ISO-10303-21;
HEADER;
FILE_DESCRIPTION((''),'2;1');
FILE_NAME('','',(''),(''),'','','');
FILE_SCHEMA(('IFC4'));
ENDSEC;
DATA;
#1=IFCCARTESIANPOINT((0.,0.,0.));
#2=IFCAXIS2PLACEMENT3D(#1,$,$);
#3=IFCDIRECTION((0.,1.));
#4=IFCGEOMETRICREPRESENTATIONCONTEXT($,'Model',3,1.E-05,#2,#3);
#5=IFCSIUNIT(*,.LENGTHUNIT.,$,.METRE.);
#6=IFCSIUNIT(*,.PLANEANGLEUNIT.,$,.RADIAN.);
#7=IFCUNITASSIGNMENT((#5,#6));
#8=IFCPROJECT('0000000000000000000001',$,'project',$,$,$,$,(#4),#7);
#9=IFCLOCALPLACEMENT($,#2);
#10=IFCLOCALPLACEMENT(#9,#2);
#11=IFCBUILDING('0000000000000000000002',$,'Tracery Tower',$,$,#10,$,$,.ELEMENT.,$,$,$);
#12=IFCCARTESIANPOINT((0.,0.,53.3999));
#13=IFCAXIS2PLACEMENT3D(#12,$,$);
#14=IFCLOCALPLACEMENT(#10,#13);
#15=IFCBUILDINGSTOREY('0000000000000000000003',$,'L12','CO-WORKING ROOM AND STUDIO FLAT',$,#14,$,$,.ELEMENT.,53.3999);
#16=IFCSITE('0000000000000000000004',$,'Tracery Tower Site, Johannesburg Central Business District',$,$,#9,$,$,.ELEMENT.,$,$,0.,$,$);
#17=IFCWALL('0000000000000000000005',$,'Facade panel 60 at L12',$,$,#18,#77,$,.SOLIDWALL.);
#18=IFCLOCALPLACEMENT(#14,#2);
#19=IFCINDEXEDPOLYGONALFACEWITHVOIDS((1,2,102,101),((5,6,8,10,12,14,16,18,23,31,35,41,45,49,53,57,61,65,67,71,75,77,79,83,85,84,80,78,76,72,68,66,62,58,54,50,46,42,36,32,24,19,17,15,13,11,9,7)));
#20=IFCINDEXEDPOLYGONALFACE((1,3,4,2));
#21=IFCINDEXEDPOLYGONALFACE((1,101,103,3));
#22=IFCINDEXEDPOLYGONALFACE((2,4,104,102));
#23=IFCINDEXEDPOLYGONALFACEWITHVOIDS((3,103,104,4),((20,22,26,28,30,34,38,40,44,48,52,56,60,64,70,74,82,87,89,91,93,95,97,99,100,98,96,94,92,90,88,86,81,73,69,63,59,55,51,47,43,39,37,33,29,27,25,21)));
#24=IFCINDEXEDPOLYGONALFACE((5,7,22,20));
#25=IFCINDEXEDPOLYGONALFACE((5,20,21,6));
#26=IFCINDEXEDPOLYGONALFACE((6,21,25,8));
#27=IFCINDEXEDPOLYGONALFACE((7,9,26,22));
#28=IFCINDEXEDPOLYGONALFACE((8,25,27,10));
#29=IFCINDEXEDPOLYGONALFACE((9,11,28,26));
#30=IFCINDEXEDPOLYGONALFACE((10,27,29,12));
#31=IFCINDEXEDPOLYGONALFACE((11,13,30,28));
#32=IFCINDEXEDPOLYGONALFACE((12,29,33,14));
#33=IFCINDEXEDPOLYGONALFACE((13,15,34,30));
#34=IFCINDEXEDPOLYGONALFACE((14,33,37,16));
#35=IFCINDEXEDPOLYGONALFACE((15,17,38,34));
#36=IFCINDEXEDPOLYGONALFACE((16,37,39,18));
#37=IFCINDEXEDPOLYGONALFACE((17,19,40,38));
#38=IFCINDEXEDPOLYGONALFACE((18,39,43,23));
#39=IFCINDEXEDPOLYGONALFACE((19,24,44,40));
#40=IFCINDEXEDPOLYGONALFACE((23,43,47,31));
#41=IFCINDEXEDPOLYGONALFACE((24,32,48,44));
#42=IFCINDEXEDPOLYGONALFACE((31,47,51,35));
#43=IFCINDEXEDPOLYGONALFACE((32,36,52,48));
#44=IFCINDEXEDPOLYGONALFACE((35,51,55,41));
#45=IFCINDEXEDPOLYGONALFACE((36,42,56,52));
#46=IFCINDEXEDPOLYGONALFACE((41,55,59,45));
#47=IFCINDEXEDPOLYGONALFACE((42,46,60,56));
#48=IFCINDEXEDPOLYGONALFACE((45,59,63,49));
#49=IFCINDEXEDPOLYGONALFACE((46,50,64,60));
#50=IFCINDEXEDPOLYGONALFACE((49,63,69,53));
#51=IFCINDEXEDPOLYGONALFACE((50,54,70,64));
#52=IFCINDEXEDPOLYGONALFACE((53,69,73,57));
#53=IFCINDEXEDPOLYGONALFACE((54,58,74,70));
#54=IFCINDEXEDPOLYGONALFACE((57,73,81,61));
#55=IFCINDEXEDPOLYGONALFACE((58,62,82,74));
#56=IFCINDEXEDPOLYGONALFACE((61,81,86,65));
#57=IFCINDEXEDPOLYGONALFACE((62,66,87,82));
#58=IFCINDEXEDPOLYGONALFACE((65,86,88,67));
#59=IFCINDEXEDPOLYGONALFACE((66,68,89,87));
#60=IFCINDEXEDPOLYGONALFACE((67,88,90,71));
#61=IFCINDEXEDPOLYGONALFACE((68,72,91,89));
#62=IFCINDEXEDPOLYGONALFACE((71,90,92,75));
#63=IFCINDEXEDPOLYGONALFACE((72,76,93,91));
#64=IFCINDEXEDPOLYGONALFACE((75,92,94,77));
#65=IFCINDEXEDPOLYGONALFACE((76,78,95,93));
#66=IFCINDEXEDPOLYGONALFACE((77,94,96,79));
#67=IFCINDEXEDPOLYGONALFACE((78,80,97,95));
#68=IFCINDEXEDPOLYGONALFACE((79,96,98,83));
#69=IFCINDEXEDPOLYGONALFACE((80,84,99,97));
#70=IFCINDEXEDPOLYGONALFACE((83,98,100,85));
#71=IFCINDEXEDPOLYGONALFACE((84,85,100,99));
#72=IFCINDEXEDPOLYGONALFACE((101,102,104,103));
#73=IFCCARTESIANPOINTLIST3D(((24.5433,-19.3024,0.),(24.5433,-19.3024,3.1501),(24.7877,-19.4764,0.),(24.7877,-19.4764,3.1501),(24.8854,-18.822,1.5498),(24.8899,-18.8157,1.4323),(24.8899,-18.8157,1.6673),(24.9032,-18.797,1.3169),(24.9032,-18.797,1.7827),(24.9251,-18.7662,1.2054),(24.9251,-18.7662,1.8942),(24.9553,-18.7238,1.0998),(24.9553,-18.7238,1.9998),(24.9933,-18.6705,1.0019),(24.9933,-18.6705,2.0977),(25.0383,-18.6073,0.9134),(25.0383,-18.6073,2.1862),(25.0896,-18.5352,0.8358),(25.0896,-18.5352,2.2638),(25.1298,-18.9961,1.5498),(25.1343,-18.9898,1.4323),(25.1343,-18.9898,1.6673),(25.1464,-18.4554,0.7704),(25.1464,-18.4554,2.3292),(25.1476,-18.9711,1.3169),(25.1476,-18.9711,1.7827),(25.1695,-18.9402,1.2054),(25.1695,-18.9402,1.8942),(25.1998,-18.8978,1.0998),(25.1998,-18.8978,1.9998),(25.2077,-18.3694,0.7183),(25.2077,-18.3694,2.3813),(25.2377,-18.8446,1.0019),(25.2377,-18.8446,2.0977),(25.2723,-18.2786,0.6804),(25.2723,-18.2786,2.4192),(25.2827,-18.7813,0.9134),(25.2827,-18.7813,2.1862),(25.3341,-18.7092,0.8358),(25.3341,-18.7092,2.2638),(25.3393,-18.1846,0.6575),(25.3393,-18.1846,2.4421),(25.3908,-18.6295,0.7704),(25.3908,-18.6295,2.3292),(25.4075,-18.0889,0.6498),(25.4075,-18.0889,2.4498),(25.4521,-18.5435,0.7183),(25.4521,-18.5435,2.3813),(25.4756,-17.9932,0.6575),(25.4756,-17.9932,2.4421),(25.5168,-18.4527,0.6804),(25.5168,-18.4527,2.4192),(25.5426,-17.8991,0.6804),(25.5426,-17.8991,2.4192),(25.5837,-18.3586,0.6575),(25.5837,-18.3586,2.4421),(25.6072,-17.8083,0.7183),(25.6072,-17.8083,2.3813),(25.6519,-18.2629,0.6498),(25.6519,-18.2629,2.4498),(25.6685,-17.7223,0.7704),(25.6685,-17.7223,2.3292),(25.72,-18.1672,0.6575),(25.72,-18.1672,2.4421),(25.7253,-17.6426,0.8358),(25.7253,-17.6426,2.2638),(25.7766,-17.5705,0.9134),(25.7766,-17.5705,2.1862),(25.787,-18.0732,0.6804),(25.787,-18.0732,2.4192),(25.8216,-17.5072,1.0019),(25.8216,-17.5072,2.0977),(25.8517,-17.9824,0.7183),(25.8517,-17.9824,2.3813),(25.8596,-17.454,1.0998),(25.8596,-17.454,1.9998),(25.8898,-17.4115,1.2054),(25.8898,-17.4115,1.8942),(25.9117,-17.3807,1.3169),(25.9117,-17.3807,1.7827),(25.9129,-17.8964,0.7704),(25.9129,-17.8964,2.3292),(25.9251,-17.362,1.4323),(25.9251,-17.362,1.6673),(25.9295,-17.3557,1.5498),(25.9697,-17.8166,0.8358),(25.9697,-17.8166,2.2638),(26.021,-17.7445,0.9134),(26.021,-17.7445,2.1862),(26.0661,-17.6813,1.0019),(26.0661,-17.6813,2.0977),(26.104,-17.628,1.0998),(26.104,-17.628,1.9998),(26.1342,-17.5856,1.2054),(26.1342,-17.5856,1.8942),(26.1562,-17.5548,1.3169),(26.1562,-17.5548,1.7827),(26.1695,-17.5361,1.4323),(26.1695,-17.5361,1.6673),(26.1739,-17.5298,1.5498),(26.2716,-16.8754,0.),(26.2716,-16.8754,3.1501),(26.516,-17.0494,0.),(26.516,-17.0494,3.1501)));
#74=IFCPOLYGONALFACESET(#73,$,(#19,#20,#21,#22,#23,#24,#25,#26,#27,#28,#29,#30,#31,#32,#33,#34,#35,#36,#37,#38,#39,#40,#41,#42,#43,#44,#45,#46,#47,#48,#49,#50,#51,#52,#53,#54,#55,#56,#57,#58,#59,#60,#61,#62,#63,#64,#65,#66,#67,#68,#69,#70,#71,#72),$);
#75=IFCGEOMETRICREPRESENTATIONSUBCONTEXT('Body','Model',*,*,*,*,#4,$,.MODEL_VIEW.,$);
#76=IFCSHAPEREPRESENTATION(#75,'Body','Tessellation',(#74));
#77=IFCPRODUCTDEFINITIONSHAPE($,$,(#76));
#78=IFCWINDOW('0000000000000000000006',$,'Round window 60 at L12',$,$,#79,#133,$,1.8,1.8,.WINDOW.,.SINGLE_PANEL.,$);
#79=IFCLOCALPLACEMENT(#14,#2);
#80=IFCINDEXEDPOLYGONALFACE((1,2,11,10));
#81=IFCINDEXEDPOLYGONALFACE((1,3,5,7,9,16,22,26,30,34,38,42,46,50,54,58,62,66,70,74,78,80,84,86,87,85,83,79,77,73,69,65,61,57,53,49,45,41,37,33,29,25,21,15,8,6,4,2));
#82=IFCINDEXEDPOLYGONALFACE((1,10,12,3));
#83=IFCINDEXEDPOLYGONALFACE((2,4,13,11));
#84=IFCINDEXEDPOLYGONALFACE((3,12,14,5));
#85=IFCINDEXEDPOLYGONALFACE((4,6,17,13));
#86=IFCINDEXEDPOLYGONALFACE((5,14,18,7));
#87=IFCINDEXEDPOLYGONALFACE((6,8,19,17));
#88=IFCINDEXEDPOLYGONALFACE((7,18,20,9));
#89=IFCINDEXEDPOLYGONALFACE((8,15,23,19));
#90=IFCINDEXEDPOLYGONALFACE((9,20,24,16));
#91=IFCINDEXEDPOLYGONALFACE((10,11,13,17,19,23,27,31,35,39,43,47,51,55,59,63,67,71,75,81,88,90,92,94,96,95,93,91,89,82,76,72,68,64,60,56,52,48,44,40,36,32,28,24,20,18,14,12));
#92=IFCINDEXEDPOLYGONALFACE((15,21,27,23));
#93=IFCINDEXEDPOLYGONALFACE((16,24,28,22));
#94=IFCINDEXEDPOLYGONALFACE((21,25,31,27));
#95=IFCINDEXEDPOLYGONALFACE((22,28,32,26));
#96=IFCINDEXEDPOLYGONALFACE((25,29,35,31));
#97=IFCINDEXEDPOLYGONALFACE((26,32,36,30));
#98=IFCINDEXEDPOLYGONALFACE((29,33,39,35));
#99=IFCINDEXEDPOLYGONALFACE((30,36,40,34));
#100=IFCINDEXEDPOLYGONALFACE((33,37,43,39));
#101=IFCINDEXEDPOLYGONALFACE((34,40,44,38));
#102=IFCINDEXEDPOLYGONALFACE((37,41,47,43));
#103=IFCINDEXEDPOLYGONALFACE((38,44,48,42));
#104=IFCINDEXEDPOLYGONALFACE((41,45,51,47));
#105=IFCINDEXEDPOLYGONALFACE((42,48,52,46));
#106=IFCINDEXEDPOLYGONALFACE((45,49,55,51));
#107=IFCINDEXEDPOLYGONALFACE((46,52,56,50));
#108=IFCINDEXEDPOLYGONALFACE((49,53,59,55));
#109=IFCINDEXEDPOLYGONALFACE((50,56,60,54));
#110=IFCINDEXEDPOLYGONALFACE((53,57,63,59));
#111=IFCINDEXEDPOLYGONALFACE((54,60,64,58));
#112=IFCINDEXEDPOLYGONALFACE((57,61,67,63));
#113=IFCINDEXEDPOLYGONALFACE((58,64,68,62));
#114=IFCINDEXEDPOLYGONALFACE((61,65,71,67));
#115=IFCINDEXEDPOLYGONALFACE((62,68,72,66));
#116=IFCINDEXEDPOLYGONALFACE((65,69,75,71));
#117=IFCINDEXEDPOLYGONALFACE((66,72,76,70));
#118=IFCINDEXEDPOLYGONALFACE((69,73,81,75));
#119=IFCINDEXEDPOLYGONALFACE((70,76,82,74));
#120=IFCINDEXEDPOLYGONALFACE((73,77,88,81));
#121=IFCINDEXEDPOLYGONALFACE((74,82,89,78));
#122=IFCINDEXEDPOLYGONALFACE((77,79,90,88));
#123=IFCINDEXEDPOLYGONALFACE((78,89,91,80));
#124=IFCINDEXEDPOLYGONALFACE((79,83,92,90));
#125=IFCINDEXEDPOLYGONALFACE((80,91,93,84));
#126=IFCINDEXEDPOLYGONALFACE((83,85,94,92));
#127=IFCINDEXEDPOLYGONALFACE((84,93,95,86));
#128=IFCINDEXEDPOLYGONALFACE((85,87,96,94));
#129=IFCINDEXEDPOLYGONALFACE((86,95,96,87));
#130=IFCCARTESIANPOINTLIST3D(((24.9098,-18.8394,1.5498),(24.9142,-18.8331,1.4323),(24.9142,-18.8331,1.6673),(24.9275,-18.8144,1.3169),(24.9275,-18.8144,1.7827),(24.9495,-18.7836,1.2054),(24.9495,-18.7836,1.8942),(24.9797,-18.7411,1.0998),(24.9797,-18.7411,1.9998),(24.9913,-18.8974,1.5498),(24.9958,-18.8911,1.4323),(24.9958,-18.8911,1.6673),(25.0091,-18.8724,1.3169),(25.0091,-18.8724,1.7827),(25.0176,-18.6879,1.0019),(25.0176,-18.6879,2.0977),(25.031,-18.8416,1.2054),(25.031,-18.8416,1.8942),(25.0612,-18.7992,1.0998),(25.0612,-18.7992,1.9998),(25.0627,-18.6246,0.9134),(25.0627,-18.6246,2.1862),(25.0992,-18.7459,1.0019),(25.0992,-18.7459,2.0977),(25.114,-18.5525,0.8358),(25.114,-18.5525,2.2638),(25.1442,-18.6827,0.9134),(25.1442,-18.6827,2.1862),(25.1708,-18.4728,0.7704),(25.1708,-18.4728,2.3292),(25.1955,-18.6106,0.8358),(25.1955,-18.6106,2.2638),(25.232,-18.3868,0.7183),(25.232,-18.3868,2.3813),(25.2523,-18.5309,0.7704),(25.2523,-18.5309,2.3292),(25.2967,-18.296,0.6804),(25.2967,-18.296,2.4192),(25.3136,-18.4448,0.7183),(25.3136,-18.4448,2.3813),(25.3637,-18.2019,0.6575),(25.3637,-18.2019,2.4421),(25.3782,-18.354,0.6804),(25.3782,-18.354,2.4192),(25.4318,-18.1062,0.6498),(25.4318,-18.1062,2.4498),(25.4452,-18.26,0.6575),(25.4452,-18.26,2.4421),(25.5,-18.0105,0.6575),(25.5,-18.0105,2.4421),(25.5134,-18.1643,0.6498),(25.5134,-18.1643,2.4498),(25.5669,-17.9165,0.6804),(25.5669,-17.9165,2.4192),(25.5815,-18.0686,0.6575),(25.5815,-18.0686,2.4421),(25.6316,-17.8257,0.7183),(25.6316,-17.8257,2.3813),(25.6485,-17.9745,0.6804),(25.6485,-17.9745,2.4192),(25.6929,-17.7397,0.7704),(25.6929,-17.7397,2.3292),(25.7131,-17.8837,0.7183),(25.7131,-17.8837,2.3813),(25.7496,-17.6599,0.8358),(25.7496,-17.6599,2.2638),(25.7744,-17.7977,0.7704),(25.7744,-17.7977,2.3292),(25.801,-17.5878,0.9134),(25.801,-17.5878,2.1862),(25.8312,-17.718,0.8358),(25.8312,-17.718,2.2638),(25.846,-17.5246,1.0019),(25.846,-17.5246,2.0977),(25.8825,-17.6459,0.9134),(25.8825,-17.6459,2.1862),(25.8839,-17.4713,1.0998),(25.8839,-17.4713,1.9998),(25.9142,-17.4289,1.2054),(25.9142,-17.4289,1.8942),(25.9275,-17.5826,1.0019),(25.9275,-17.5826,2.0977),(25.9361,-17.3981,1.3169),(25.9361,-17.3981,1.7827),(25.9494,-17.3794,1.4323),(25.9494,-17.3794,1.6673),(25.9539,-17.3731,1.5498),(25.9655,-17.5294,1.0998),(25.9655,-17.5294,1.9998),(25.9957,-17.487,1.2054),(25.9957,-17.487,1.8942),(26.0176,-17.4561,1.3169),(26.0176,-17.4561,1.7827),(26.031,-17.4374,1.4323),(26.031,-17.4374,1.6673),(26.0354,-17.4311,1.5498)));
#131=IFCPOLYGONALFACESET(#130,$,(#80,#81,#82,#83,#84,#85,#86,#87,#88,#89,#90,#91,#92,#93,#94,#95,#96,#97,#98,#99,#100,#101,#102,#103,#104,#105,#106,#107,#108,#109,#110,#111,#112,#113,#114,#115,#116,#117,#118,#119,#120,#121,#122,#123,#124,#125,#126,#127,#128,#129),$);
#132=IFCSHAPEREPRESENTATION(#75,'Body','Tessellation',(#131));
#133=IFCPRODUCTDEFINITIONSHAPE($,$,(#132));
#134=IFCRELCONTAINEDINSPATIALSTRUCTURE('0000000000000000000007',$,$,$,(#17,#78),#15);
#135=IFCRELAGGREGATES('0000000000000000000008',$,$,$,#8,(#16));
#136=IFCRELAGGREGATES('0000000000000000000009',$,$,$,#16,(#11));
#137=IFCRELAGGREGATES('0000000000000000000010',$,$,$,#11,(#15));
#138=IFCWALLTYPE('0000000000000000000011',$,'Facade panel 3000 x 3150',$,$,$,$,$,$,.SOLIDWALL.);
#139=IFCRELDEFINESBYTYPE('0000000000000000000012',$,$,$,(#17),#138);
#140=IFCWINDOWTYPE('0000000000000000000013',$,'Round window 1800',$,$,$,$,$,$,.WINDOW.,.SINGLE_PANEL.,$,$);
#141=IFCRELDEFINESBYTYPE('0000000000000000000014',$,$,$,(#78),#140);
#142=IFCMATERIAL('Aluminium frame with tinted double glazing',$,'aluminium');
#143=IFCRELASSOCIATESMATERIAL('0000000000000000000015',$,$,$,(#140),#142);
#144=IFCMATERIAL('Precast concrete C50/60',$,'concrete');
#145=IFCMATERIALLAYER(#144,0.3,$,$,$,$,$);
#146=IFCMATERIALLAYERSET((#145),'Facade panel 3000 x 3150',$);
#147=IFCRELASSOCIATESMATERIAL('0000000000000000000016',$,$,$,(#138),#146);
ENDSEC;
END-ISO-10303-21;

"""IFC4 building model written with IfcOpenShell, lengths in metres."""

from ifc_helpers import new_model, si_unit, direction, frame, frame_2d, origin, origin_2d, place, context, subcontext, project, spatial, rectangle, circle, extrude, material, layer, layer_set, type_object, element, fill, save


model = new_model("IFC4")

# Units and contexts
model_context = context("Model", 3, precision=1e-05, world=origin(), true_north=direction((0.0, 1.0)))
body_context = subcontext(model_context, "Body", "Model", "MODEL_VIEW")
ifc_project = project(units=[si_unit("LENGTHUNIT", "METRE"), si_unit("PLANEANGLEUNIT", "RADIAN")], contexts=[model_context])

# Site, building, storey
site_placement = place(None, origin())
site = spatial("IfcSite", under=ifc_project, at=site_placement, Name="Tracery Tower Site, Johannesburg Central Business District", CompositionType="ELEMENT", RefElevation=0.0)
building_placement = place(site_placement, origin())
building = spatial("IfcBuilding", under=site, at=building_placement, Name="Tracery Tower", CompositionType="ELEMENT")
storey_placement = place(building_placement, frame((0.0, 0.0, 53.3999)))
storey = spatial("IfcBuildingStorey", under=building, at=storey_placement, Name="L12", Description="CO-WORKING ROOM AND STUDIO FLAT", CompositionType="ELEMENT", Elevation=53.3999)

# Wall, opening, window
ifc_material_1 = material(Name="Aluminium frame with tinted double glazing", Category="aluminium")
window_type = type_object("IfcWindowType", Name="Round window 1800", PartitioningType="SINGLE_PANEL", PredefinedType="WINDOW", material=ifc_material_1)
ifc_material_2 = material(Name="Precast concrete C50/60", Category="concrete")
ifc_layer_1 = layer(ifc_material_2, 0.3)
ifc_layer_set_1 = layer_set([ifc_layer_1], Name="Facade panel 3000 x 3150")
wall_type_1 = type_object("IfcWallType", Name="Facade panel 3000 x 3150", PredefinedType="SOLIDWALL", material=ifc_layer_set_1)
wall_1_placement = place(storey_placement, frame((24.6655, -19.3894, 0.0), z_axis=(0.0, 0.0, 1.0), x_axis=(0.580059, 0.814574, 0.0)))
wall_1 = element("IfcWall", 1, at=wall_1_placement, inside=storey, type_object=wall_type_1, Name="Facade panel 60 at L12", PredefinedType="SOLIDWALL", context=body_context, shape_type="SweptSolid", body=[
    extrude(rectangle(XDim=2.9795, YDim=0.3, at=frame_2d((1.4897, 0.0))), origin(), (0.0, 0.0, 1.0), 3.1501),
])
opening_1_placement = place(wall_1_placement, frame((1.4897, 0.0, 1.5498)))
opening_1 = element("IfcOpeningElement", 2, at=opening_1_placement, cuts=wall_1, PredefinedType="OPENING", context=body_context, shape_type="SweptSolid", body=[
    extrude(circle(Radius=0.9, at=origin_2d()), frame((0.0, 0.1599, 0.0), z_axis=(0.0, -1.0, 0.0), x_axis=(1.0, 0.0, 0.0)), (0.0, 0.0, 1.0), 0.3201),
])
window_1_placement = place(opening_1_placement, origin())
window_1 = element("IfcWindow", 3, at=window_1_placement, inside=storey, type_object=window_type, Name="Round window 60 at L12", OverallHeight=1.8, OverallWidth=1.8, PartitioningType="SINGLE_PANEL", PredefinedType="WINDOW", context=body_context, shape_type="SweptSolid", body=[
    extrude(circle(Radius=0.9, at=origin_2d()), frame((0.0, 0.1201, 0.0), z_axis=(0.0, -1.0, 0.0), x_axis=(1.0, 0.0, 0.0)), (0.0, 0.0, 1.0), 0.1001),
])
fill(opening_1, window_1)

save(model, "model.ifc")
